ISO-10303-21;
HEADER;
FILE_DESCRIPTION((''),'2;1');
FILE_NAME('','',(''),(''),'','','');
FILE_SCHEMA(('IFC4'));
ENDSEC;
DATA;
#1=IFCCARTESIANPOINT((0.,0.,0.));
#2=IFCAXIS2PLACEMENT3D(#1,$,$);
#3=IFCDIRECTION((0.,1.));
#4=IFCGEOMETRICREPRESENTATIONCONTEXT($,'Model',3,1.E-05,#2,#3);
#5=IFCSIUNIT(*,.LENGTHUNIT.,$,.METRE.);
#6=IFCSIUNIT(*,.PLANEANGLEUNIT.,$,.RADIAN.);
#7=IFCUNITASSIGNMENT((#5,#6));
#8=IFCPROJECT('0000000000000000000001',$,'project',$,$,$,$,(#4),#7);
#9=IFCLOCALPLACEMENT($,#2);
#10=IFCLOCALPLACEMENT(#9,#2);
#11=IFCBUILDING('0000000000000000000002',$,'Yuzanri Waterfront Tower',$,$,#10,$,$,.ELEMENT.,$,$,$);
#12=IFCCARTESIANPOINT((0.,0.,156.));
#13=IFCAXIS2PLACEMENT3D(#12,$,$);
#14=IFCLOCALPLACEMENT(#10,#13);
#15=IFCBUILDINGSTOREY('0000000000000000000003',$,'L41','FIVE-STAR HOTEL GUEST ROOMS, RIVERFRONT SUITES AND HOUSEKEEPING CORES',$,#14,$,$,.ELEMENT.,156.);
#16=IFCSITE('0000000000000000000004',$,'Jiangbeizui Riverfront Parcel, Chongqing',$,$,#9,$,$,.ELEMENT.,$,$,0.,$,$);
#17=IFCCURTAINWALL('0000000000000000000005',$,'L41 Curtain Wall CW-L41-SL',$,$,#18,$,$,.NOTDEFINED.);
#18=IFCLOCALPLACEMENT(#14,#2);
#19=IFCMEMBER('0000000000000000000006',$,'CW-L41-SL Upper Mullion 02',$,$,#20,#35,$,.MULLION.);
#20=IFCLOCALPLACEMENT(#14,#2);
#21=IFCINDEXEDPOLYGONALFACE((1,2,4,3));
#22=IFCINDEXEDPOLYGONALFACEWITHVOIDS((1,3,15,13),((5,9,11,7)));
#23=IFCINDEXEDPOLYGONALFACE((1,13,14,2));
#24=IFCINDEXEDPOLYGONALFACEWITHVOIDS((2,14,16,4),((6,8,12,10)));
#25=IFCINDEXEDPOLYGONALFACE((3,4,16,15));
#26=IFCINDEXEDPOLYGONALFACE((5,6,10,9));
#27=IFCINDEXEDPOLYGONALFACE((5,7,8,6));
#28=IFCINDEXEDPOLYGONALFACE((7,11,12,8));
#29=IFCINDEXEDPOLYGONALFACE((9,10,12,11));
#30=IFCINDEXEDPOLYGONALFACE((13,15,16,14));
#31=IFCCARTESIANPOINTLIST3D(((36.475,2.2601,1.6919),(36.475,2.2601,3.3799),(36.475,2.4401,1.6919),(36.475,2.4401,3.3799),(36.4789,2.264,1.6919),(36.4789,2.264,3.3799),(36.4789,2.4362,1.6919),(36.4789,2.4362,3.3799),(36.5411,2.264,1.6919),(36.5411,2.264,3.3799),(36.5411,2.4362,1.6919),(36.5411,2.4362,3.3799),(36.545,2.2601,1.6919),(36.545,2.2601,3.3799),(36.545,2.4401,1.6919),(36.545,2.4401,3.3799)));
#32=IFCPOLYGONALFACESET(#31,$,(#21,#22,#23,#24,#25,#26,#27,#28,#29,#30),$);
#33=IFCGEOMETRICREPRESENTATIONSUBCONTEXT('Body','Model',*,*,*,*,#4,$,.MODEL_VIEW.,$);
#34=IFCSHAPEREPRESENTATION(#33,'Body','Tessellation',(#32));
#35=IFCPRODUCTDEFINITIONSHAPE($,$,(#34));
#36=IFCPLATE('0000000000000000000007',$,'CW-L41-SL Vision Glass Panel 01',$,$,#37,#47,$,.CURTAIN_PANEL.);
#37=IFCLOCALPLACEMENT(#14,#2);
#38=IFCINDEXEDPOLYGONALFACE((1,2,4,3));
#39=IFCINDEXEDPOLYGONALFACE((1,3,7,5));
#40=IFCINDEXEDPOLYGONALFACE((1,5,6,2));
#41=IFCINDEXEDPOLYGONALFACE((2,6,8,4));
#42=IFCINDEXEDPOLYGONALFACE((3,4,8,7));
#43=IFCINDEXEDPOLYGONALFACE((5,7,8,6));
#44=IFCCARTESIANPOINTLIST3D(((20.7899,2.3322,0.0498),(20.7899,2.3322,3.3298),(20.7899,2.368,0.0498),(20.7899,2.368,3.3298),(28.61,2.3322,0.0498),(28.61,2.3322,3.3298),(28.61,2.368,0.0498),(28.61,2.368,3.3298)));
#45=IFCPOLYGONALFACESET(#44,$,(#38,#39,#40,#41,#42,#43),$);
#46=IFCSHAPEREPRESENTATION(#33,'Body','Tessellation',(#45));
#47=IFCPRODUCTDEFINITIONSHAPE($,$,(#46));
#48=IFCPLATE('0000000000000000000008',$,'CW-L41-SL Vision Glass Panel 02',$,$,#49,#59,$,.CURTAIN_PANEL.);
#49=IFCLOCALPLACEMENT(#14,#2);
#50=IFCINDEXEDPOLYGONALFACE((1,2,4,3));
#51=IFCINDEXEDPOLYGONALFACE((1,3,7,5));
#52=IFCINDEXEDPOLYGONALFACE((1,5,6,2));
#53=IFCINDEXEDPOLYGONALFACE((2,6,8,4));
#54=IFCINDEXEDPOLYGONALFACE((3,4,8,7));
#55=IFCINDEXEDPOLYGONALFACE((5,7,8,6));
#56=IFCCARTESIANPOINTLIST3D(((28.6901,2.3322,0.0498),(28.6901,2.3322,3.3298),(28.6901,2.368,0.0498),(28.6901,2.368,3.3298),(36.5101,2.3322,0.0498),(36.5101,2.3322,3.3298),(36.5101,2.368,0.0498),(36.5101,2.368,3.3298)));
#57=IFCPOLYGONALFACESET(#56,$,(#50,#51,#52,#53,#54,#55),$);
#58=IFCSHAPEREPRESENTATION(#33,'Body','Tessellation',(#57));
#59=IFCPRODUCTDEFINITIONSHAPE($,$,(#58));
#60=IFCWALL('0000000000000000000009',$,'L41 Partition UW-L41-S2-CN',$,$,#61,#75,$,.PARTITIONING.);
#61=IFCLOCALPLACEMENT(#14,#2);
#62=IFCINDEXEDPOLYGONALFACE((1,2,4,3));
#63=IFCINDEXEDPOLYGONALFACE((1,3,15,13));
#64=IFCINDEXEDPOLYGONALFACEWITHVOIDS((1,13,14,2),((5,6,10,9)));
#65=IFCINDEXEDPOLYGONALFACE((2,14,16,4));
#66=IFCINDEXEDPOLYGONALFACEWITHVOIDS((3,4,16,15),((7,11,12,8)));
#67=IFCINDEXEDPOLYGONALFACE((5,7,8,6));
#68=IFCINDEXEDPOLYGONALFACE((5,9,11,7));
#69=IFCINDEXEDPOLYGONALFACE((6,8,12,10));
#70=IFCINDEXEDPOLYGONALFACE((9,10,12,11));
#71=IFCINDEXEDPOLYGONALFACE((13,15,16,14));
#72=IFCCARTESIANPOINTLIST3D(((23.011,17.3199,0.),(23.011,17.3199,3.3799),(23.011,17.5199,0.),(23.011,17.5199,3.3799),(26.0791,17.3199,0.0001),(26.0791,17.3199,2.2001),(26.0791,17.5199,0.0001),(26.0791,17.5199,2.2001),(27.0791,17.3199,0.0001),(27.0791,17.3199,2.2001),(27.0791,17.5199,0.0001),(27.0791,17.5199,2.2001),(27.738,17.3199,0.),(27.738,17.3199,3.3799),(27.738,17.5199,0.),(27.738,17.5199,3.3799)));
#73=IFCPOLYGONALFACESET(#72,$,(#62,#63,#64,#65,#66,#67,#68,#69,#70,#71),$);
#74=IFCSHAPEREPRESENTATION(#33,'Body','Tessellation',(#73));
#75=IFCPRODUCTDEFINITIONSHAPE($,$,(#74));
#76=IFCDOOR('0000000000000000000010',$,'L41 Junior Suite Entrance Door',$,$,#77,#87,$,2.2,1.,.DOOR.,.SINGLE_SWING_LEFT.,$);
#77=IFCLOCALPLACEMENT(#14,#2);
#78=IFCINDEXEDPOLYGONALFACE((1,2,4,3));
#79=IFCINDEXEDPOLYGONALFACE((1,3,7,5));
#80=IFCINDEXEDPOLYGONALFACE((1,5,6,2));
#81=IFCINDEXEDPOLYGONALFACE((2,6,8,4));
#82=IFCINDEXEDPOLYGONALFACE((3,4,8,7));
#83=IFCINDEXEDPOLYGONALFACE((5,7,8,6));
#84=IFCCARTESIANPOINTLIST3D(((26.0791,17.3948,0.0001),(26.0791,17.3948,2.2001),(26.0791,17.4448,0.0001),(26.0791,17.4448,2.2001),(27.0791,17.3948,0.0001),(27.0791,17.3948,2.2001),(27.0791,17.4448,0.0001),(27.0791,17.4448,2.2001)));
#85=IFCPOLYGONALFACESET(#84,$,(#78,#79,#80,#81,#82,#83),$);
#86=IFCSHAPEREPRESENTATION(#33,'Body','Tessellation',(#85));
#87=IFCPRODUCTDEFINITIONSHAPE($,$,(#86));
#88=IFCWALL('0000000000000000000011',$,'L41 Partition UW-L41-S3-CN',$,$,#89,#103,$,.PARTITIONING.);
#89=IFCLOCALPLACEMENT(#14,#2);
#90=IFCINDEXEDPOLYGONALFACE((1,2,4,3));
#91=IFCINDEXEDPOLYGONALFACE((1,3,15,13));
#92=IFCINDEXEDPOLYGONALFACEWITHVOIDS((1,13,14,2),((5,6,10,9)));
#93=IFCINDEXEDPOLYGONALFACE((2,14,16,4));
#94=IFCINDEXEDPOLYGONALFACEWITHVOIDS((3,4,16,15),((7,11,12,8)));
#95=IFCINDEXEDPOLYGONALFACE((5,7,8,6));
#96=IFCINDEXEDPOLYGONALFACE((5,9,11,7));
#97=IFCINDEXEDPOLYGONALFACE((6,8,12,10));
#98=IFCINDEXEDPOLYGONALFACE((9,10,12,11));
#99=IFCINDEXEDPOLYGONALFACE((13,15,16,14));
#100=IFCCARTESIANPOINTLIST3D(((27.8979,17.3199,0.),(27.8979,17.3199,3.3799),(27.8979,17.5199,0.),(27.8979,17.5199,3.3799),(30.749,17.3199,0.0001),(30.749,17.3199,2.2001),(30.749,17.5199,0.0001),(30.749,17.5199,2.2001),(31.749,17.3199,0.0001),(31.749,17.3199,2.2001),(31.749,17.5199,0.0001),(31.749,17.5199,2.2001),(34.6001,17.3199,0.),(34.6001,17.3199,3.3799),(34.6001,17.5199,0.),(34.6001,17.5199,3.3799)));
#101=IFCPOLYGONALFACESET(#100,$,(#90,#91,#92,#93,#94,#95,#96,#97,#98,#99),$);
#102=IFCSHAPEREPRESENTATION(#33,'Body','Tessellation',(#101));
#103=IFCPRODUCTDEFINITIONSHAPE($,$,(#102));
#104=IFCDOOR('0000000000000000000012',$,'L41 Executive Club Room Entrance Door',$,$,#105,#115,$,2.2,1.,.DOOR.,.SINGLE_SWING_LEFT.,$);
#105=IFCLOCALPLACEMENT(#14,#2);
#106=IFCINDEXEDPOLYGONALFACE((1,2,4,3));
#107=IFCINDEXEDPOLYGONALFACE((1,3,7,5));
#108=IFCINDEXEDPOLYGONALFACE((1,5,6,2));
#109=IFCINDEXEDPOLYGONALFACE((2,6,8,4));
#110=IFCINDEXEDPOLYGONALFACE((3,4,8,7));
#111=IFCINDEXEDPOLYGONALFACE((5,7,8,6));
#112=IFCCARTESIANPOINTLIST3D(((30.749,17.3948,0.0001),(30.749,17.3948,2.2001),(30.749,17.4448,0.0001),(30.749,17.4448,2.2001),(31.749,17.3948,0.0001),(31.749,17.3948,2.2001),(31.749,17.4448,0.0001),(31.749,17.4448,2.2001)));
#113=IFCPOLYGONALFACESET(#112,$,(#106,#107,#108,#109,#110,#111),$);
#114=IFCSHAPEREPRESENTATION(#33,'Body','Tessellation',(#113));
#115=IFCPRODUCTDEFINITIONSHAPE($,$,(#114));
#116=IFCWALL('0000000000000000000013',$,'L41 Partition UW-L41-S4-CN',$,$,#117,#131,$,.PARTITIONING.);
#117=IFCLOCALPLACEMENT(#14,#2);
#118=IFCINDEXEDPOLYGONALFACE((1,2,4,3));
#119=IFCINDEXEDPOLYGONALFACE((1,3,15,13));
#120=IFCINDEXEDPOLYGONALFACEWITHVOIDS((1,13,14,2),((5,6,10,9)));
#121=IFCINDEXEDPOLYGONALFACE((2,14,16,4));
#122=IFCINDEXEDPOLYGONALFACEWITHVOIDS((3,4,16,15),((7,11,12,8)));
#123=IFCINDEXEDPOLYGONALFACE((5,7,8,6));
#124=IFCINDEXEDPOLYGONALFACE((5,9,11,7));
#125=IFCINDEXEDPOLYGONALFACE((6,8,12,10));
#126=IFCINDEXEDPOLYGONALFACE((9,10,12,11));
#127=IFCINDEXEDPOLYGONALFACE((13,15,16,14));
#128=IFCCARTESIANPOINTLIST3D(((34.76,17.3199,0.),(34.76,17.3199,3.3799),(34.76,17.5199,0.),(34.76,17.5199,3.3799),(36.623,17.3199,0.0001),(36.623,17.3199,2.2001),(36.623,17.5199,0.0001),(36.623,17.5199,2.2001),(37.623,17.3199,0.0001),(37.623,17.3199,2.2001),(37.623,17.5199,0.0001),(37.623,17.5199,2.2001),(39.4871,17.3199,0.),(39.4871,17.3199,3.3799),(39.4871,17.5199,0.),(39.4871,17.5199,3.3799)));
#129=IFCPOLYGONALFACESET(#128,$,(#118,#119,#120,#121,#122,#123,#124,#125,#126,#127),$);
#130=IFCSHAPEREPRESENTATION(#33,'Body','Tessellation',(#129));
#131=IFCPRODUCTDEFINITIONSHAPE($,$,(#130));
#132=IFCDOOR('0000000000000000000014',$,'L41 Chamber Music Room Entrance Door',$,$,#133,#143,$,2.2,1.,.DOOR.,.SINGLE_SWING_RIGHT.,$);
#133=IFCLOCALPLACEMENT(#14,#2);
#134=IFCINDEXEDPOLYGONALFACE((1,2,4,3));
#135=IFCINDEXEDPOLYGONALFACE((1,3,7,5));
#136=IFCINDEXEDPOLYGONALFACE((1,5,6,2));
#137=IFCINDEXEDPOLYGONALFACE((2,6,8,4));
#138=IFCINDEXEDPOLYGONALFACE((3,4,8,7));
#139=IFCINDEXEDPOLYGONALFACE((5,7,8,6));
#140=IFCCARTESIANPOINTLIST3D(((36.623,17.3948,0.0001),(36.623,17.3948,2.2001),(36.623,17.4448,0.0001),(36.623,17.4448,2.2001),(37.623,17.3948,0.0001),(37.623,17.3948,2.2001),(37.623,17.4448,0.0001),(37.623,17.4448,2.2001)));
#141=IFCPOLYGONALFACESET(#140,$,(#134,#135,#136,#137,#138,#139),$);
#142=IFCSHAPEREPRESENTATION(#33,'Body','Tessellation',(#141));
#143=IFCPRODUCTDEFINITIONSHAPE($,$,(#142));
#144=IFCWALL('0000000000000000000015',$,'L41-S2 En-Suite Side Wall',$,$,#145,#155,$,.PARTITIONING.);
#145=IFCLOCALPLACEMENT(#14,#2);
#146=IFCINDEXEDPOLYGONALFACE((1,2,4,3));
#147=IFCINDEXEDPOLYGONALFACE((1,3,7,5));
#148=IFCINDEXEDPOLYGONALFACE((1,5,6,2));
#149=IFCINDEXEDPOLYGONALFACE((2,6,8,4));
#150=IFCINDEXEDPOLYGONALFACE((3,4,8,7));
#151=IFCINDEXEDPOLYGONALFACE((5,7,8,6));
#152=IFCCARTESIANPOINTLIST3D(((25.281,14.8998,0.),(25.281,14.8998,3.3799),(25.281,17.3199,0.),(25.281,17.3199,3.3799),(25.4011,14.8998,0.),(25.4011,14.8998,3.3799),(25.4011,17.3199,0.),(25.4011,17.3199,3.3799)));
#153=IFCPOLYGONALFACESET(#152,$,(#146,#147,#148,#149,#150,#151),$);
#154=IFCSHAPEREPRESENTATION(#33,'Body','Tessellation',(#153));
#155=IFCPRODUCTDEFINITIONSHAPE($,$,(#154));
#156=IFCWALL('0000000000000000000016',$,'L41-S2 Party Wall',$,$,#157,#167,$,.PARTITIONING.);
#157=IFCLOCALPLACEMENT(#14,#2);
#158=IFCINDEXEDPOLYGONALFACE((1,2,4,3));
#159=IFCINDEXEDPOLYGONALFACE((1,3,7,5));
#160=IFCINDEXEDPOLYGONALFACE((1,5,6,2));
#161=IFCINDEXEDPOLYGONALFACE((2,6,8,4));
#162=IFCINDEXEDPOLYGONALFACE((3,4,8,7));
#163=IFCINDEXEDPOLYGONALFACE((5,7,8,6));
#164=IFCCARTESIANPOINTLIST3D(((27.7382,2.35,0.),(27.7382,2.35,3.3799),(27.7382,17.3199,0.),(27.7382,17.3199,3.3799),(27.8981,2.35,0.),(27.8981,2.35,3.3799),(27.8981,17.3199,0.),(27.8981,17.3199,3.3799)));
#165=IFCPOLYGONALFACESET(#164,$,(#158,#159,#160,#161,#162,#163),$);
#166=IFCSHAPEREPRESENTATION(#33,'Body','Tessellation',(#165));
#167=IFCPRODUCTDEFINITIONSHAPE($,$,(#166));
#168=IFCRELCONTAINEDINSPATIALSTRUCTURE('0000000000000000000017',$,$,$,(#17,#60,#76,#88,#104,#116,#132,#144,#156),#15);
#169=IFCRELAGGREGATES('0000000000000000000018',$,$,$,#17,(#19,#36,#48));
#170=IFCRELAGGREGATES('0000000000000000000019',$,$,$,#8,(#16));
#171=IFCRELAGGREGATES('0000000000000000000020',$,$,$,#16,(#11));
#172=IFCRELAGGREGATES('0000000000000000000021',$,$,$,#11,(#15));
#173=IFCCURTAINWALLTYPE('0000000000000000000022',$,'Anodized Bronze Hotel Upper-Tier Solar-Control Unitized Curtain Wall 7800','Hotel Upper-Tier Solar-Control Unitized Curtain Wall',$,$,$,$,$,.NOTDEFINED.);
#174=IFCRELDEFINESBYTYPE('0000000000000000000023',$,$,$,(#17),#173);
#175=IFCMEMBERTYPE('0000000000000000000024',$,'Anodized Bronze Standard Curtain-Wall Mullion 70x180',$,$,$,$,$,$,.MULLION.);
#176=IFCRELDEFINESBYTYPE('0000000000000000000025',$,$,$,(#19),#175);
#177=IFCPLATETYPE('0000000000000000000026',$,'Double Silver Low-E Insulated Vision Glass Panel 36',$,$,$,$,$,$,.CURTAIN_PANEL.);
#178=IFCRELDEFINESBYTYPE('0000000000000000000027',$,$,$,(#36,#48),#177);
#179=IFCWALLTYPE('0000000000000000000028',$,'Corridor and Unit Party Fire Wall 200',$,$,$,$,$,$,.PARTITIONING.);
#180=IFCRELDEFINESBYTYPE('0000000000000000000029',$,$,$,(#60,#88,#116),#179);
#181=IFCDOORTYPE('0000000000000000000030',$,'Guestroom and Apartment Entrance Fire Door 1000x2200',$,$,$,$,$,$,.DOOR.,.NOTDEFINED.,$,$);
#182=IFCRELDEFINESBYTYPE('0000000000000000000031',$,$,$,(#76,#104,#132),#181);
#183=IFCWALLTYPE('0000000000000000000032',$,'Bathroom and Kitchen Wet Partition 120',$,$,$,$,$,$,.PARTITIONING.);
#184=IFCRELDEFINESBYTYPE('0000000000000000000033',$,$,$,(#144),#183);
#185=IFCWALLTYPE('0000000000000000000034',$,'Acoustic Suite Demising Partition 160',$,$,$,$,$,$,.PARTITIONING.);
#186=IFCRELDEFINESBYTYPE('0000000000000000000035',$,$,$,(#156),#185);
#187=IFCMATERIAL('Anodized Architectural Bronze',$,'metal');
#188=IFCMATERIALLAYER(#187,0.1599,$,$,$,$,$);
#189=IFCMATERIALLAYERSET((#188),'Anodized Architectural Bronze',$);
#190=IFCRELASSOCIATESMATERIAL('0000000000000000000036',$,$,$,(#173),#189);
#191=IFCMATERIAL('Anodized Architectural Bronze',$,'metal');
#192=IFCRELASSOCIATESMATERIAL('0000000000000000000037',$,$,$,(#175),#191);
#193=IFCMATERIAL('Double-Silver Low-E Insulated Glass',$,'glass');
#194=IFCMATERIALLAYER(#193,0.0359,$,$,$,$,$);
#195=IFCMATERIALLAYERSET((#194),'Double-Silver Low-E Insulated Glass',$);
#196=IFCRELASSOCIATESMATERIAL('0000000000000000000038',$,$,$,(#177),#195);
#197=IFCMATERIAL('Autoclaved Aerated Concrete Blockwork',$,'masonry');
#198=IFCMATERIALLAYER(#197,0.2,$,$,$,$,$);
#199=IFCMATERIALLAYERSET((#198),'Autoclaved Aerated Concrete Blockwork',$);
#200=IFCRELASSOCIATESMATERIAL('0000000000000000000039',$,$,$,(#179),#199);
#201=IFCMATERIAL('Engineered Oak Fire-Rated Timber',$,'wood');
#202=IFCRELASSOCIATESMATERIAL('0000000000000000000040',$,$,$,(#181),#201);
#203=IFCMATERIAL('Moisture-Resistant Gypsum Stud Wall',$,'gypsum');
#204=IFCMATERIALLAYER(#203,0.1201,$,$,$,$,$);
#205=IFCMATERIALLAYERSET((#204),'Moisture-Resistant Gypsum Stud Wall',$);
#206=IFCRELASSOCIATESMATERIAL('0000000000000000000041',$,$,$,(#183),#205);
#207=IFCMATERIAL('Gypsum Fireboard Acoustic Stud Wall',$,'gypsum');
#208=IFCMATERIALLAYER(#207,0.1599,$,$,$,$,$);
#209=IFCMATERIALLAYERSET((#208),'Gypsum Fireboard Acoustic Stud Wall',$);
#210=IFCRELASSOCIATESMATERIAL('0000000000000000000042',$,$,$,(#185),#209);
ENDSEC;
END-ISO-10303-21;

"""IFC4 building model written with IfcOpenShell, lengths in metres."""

from ifc_helpers import new_model, si_unit, direction, frame, frame_2d, origin, origin_2d, place, context, subcontext, project, spatial, rectangle, hollow_rectangle, extrude, source, transform, mapped, material, layer, layer_set, material_profile, profile_set, type_object, element, fill, aggregate, save


model = new_model("IFC4")

# Units and contexts
model_context = context("Model", 3, precision=1e-05, world=origin(), true_north=direction((0.0, 1.0)))
body_context = subcontext(model_context, "Body", "Model", "MODEL_VIEW")
ifc_project = project(units=[si_unit("LENGTHUNIT", "METRE"), si_unit("PLANEANGLEUNIT", "RADIAN")], contexts=[model_context])

# Site, building, storey
site_placement = place(None, origin())
site = spatial("IfcSite", under=ifc_project, at=site_placement, Name="Jiangbeizui Riverfront Parcel, Chongqing", CompositionType="ELEMENT", RefElevation=0.0)
building_placement = place(site_placement, origin())
building = spatial("IfcBuilding", under=site, at=building_placement, Name="Yuzanri Waterfront Tower", CompositionType="ELEMENT")
storey_placement = place(building_placement, frame((0.0, 0.0, 156.0)))
storey = spatial("IfcBuildingStorey", under=building, at=storey_placement, Name="L41", Description="FIVE-STAR HOTEL GUEST ROOMS, RIVERFRONT SUITES AND HOUSEKEEPING CORES", CompositionType="ELEMENT", Elevation=156.0)

# Curtain wall, member, plates
ifc_material_1 = material(Name="Anodized Architectural Bronze", Category="metal")
ifc_layer_1 = layer(ifc_material_1, 0.1599)
ifc_layer_set_1 = layer_set([ifc_layer_1], Name="Anodized Architectural Bronze")
curtain_wall_type = type_object("IfcCurtainWallType", Name="Anodized Bronze Hotel Upper-Tier Solar-Control Unitized Curtain Wall 7800", Description="Hotel Upper-Tier Solar-Control Unitized Curtain Wall", PredefinedType="NOTDEFINED", material=ifc_layer_set_1)
curtain_wall_placement = place(storey_placement, origin())
curtain_wall = element("IfcCurtainWall", 1, at=curtain_wall_placement, inside=storey, type_object=curtain_wall_type, Name="L41 Curtain Wall CW-L41-SL", PredefinedType="NOTDEFINED")
ifc_material_2 = material(Name="Anodized Architectural Bronze", Category="metal")
ifc_material_profile_1 = material_profile(ifc_material_2, hollow_rectangle(XDim=0.0701, YDim=0.1799, WallThickness=0.0039, at=origin_2d()), Name="CWM 70x180")
ifc_profile_set_1 = profile_set([ifc_material_profile_1], Name="Anodized Architectural Bronze")
member_type = type_object("IfcMemberType", Name="Anodized Bronze Standard Curtain-Wall Mullion 70x180", PredefinedType="MULLION", material=ifc_profile_set_1)
shared_shape_1 = source(origin(), body_context, "Body", "SweptSolid", [
    extrude(hollow_rectangle(XDim=0.0701, YDim=0.1799, WallThickness=0.0039, at=origin_2d()), origin(), (0.0, 0.0, 1.0), 1.688),
])
member_1_placement = place(storey_placement, frame((36.51, 2.3501, 1.6919), z_axis=(0.0, 0.0, 1.0), x_axis=(1.0, 0.0, 0.0)))
member_1 = element("IfcMember", 2, at=member_1_placement, type_object=member_type, Name="CW-L41-SL Upper Mullion 02", PredefinedType="MULLION", context=body_context, shape_type="MappedRepresentation", body=[
    mapped(shared_shape_1, transform((0.0, 0.0, 0.0), scale=1.0)),
])
ifc_material_3 = material(Name="Double-Silver Low-E Insulated Glass", Category="glass")
ifc_layer_2 = layer(ifc_material_3, 0.0359)
ifc_layer_set_2 = layer_set([ifc_layer_2], Name="Double-Silver Low-E Insulated Glass")
plate_type = type_object("IfcPlateType", Name="Double Silver Low-E Insulated Vision Glass Panel 36", PredefinedType="CURTAIN_PANEL", material=ifc_layer_set_2)
shared_shape_2 = source(origin(), body_context, "Body", "SweptSolid", [
    extrude(rectangle(XDim=7.8201, YDim=0.0359, at=origin_2d()), origin(), (0.0, 0.0, 1.0), 3.28),
])
plate_1_placement = place(storey_placement, frame((24.7, 2.3501, 0.0498), z_axis=(0.0, 0.0, 1.0), x_axis=(1.0, 0.0, 0.0)))
plate_1 = element("IfcPlate", 3, at=plate_1_placement, type_object=plate_type, Name="CW-L41-SL Vision Glass Panel 01", PredefinedType="CURTAIN_PANEL", context=body_context, shape_type="MappedRepresentation", body=[
    mapped(shared_shape_2, transform((0.0, 0.0, 0.0), scale=1.0)),
])
plate_2_placement = place(storey_placement, frame((32.6001, 2.3501, 0.0498), z_axis=(0.0, 0.0, 1.0), x_axis=(1.0, 0.0, 0.0)))
plate_2 = element("IfcPlate", 4, at=plate_2_placement, type_object=plate_type, Name="CW-L41-SL Vision Glass Panel 02", PredefinedType="CURTAIN_PANEL", context=body_context, shape_type="MappedRepresentation", body=[
    mapped(shared_shape_2, transform((0.0, 0.0, 0.0), scale=1.0)),
])
aggregate(curtain_wall, [member_1, plate_1, plate_2])

# Walls, openings, doors
ifc_material_4 = material(Name="Autoclaved Aerated Concrete Blockwork", Category="masonry")
ifc_layer_3 = layer(ifc_material_4, 0.2)
ifc_layer_set_3 = layer_set([ifc_layer_3], Name="Autoclaved Aerated Concrete Blockwork")
wall_type_1 = type_object("IfcWallType", Name="Corridor and Unit Party Fire Wall 200", PredefinedType="PARTITIONING", material=ifc_layer_set_3)
wall_1_placement = place(storey_placement, frame((23.011, 17.4199, 0.0), z_axis=(0.0, 0.0, 1.0), x_axis=(1.0, 0.0, 0.0)))
wall_1 = element("IfcWall", 5, at=wall_1_placement, inside=storey, type_object=wall_type_1, Name="L41 Partition UW-L41-S2-CN", PredefinedType="PARTITIONING", context=body_context, shape_type="SweptSolid", body=[
    extrude(rectangle(XDim=4.7271, YDim=0.2, at=frame_2d((2.3635, 0.0))), origin(), (0.0, 0.0, 1.0), 3.3799),
])
opening_1_placement = place(wall_1_placement, frame((3.0681, 0.0, 0.0)))
opening_1 = element("IfcOpeningElement", 6, at=opening_1_placement, cuts=wall_1, PredefinedType="OPENING", context=body_context, shape_type="SweptSolid", body=[
    extrude(rectangle(XDim=1.0, YDim=2.2, at=frame_2d((0.5, 1.1001))), frame((0.0, 0.1147, 0.0), z_axis=(0.0, -1.0, 0.0), x_axis=(1.0, 0.0, 0.0)), (0.0, 0.0, 1.0), 0.2297),
])
ifc_material_5 = material(Name="Engineered Oak Fire-Rated Timber", Category="wood")
door_type_1 = type_object("IfcDoorType", Name="Guestroom and Apartment Entrance Fire Door 1000x2200", OperationType="NOTDEFINED", PredefinedType="DOOR", material=ifc_material_5)
shared_shape_3 = source(origin(), body_context, "Body", "SweptSolid", [
    extrude(rectangle(XDim=1.0, YDim=2.2, at=frame_2d((0.5, 1.1001))), frame((0.0, 0.0249, 0.0), z_axis=(0.0, -1.0, 0.0), x_axis=(1.0, 0.0, 0.0)), (0.0, 0.0, 1.0), 0.05),
])
door_1_placement = place(opening_1_placement, origin())
door_1 = element("IfcDoor", 7, at=door_1_placement, inside=storey, type_object=door_type_1, Name="L41 Junior Suite Entrance Door", OperationType="SINGLE_SWING_LEFT", OverallHeight=2.2, OverallWidth=1.0, PredefinedType="DOOR", context=body_context, shape_type="MappedRepresentation", body=[
    mapped(shared_shape_3, transform((0.0, 0.0, 0.0), scale=1.0)),
])
fill(opening_1, door_1)
wall_2_placement = place(storey_placement, frame((27.8979, 17.4199, 0.0), z_axis=(0.0, 0.0, 1.0), x_axis=(1.0, 0.0, 0.0)))
wall_2 = element("IfcWall", 8, at=wall_2_placement, inside=storey, type_object=wall_type_1, Name="L41 Partition UW-L41-S3-CN", PredefinedType="PARTITIONING", context=body_context, shape_type="SweptSolid", body=[
    extrude(rectangle(XDim=6.7021, YDim=0.2, at=frame_2d((3.3511, 0.0))), origin(), (0.0, 0.0, 1.0), 3.3799),
])
opening_2_placement = place(wall_2_placement, frame((2.8511, 0.0, 0.0)))
opening_2 = element("IfcOpeningElement", 9, at=opening_2_placement, cuts=wall_2, PredefinedType="OPENING", context=body_context, shape_type="SweptSolid", body=[
    extrude(rectangle(XDim=1.0, YDim=2.2, at=frame_2d((0.5, 1.1001))), frame((0.0, 0.1147, 0.0), z_axis=(0.0, -1.0, 0.0), x_axis=(1.0, 0.0, 0.0)), (0.0, 0.0, 1.0), 0.2297),
])
door_2_placement = place(opening_2_placement, origin())
door_2 = element("IfcDoor", 10, at=door_2_placement, inside=storey, type_object=door_type_1, Name="L41 Executive Club Room Entrance Door", OperationType="SINGLE_SWING_LEFT", OverallHeight=2.2, OverallWidth=1.0, PredefinedType="DOOR", context=body_context, shape_type="MappedRepresentation", body=[
    mapped(shared_shape_3, transform((0.0, 0.0, 0.0), scale=1.0)),
])
fill(opening_2, door_2)
wall_3_placement = place(storey_placement, frame((34.76, 17.4199, 0.0), z_axis=(0.0, 0.0, 1.0), x_axis=(1.0, 0.0, 0.0)))
wall_3 = element("IfcWall", 11, at=wall_3_placement, inside=storey, type_object=wall_type_1, Name="L41 Partition UW-L41-S4-CN", PredefinedType="PARTITIONING", context=body_context, shape_type="SweptSolid", body=[
    extrude(rectangle(XDim=4.7271, YDim=0.2, at=frame_2d((2.3635, 0.0))), origin(), (0.0, 0.0, 1.0), 3.3799),
])
opening_3_placement = place(wall_3_placement, frame((1.863, 0.0, 0.0)))
opening_3 = element("IfcOpeningElement", 12, at=opening_3_placement, cuts=wall_3, PredefinedType="OPENING", context=body_context, shape_type="SweptSolid", body=[
    extrude(rectangle(XDim=1.0, YDim=2.2, at=frame_2d((0.5, 1.1001))), frame((0.0, 0.1147, 0.0), z_axis=(0.0, -1.0, 0.0), x_axis=(1.0, 0.0, 0.0)), (0.0, 0.0, 1.0), 0.2297),
])
door_3_placement = place(opening_3_placement, origin())
door_3 = element("IfcDoor", 13, at=door_3_placement, inside=storey, type_object=door_type_1, Name="L41 Chamber Music Room Entrance Door", OperationType="SINGLE_SWING_RIGHT", OverallHeight=2.2, OverallWidth=1.0, PredefinedType="DOOR", context=body_context, shape_type="MappedRepresentation", body=[
    mapped(shared_shape_3, transform((0.0, 0.0, 0.0), scale=1.0)),
])
fill(opening_3, door_3)

# Walls
ifc_material_6 = material(Name="Moisture-Resistant Gypsum Stud Wall", Category="gypsum")
ifc_layer_4 = layer(ifc_material_6, 0.1201)
ifc_layer_set_4 = layer_set([ifc_layer_4], Name="Moisture-Resistant Gypsum Stud Wall")
wall_type_2 = type_object("IfcWallType", Name="Bathroom and Kitchen Wet Partition 120", PredefinedType="PARTITIONING", material=ifc_layer_set_4)
shared_shape_4 = source(origin(), body_context, "Body", "SweptSolid", [
    extrude(rectangle(XDim=2.4202, YDim=0.1201, at=frame_2d((1.21, 0.0))), origin(), (0.0, 0.0, 1.0), 3.3799),
])
wall_4_placement = place(storey_placement, frame((25.3411, 14.8999, 0.0), z_axis=(0.0, 0.0, 1.0), x_axis=(0.0, 1.0, 0.0)))
element("IfcWall", 14, at=wall_4_placement, inside=storey, type_object=wall_type_2, Name="L41-S2 En-Suite Side Wall", PredefinedType="PARTITIONING", context=body_context, shape_type="MappedRepresentation", body=[
    mapped(shared_shape_4, transform((0.0, 0.0, 0.0), scale=1.0)),
])
ifc_material_7 = material(Name="Gypsum Fireboard Acoustic Stud Wall", Category="gypsum")
ifc_layer_5 = layer(ifc_material_7, 0.1599)
ifc_layer_set_5 = layer_set([ifc_layer_5], Name="Gypsum Fireboard Acoustic Stud Wall")
wall_type_3 = type_object("IfcWallType", Name="Acoustic Suite Demising Partition 160", PredefinedType="PARTITIONING", material=ifc_layer_set_5)
shared_shape_5 = source(origin(), body_context, "Body", "SweptSolid", [
    extrude(rectangle(XDim=14.97, YDim=0.1599, at=frame_2d((7.4849, 0.0))), origin(), (0.0, 0.0, 1.0), 3.3799),
])
for number, where, z_axis, x_axis, name in (
    (15, (27.8181, 2.3501, 0.0), (0.0, 0.0, 1.0), (0.0, 1.0, 0.0), "L41-S2 Party Wall"),
):
    element("IfcWall", number, at=place(storey_placement, frame(where, z_axis=z_axis, x_axis=x_axis)), inside=storey, type_object=wall_type_3, Name=name, PredefinedType="PARTITIONING", context=body_context, shape_type="MappedRepresentation", body=[
        mapped(shared_shape_5, transform((0.0, 0.0, 0.0), scale=1.0)),
    ])

save(model, "model.ifc")
